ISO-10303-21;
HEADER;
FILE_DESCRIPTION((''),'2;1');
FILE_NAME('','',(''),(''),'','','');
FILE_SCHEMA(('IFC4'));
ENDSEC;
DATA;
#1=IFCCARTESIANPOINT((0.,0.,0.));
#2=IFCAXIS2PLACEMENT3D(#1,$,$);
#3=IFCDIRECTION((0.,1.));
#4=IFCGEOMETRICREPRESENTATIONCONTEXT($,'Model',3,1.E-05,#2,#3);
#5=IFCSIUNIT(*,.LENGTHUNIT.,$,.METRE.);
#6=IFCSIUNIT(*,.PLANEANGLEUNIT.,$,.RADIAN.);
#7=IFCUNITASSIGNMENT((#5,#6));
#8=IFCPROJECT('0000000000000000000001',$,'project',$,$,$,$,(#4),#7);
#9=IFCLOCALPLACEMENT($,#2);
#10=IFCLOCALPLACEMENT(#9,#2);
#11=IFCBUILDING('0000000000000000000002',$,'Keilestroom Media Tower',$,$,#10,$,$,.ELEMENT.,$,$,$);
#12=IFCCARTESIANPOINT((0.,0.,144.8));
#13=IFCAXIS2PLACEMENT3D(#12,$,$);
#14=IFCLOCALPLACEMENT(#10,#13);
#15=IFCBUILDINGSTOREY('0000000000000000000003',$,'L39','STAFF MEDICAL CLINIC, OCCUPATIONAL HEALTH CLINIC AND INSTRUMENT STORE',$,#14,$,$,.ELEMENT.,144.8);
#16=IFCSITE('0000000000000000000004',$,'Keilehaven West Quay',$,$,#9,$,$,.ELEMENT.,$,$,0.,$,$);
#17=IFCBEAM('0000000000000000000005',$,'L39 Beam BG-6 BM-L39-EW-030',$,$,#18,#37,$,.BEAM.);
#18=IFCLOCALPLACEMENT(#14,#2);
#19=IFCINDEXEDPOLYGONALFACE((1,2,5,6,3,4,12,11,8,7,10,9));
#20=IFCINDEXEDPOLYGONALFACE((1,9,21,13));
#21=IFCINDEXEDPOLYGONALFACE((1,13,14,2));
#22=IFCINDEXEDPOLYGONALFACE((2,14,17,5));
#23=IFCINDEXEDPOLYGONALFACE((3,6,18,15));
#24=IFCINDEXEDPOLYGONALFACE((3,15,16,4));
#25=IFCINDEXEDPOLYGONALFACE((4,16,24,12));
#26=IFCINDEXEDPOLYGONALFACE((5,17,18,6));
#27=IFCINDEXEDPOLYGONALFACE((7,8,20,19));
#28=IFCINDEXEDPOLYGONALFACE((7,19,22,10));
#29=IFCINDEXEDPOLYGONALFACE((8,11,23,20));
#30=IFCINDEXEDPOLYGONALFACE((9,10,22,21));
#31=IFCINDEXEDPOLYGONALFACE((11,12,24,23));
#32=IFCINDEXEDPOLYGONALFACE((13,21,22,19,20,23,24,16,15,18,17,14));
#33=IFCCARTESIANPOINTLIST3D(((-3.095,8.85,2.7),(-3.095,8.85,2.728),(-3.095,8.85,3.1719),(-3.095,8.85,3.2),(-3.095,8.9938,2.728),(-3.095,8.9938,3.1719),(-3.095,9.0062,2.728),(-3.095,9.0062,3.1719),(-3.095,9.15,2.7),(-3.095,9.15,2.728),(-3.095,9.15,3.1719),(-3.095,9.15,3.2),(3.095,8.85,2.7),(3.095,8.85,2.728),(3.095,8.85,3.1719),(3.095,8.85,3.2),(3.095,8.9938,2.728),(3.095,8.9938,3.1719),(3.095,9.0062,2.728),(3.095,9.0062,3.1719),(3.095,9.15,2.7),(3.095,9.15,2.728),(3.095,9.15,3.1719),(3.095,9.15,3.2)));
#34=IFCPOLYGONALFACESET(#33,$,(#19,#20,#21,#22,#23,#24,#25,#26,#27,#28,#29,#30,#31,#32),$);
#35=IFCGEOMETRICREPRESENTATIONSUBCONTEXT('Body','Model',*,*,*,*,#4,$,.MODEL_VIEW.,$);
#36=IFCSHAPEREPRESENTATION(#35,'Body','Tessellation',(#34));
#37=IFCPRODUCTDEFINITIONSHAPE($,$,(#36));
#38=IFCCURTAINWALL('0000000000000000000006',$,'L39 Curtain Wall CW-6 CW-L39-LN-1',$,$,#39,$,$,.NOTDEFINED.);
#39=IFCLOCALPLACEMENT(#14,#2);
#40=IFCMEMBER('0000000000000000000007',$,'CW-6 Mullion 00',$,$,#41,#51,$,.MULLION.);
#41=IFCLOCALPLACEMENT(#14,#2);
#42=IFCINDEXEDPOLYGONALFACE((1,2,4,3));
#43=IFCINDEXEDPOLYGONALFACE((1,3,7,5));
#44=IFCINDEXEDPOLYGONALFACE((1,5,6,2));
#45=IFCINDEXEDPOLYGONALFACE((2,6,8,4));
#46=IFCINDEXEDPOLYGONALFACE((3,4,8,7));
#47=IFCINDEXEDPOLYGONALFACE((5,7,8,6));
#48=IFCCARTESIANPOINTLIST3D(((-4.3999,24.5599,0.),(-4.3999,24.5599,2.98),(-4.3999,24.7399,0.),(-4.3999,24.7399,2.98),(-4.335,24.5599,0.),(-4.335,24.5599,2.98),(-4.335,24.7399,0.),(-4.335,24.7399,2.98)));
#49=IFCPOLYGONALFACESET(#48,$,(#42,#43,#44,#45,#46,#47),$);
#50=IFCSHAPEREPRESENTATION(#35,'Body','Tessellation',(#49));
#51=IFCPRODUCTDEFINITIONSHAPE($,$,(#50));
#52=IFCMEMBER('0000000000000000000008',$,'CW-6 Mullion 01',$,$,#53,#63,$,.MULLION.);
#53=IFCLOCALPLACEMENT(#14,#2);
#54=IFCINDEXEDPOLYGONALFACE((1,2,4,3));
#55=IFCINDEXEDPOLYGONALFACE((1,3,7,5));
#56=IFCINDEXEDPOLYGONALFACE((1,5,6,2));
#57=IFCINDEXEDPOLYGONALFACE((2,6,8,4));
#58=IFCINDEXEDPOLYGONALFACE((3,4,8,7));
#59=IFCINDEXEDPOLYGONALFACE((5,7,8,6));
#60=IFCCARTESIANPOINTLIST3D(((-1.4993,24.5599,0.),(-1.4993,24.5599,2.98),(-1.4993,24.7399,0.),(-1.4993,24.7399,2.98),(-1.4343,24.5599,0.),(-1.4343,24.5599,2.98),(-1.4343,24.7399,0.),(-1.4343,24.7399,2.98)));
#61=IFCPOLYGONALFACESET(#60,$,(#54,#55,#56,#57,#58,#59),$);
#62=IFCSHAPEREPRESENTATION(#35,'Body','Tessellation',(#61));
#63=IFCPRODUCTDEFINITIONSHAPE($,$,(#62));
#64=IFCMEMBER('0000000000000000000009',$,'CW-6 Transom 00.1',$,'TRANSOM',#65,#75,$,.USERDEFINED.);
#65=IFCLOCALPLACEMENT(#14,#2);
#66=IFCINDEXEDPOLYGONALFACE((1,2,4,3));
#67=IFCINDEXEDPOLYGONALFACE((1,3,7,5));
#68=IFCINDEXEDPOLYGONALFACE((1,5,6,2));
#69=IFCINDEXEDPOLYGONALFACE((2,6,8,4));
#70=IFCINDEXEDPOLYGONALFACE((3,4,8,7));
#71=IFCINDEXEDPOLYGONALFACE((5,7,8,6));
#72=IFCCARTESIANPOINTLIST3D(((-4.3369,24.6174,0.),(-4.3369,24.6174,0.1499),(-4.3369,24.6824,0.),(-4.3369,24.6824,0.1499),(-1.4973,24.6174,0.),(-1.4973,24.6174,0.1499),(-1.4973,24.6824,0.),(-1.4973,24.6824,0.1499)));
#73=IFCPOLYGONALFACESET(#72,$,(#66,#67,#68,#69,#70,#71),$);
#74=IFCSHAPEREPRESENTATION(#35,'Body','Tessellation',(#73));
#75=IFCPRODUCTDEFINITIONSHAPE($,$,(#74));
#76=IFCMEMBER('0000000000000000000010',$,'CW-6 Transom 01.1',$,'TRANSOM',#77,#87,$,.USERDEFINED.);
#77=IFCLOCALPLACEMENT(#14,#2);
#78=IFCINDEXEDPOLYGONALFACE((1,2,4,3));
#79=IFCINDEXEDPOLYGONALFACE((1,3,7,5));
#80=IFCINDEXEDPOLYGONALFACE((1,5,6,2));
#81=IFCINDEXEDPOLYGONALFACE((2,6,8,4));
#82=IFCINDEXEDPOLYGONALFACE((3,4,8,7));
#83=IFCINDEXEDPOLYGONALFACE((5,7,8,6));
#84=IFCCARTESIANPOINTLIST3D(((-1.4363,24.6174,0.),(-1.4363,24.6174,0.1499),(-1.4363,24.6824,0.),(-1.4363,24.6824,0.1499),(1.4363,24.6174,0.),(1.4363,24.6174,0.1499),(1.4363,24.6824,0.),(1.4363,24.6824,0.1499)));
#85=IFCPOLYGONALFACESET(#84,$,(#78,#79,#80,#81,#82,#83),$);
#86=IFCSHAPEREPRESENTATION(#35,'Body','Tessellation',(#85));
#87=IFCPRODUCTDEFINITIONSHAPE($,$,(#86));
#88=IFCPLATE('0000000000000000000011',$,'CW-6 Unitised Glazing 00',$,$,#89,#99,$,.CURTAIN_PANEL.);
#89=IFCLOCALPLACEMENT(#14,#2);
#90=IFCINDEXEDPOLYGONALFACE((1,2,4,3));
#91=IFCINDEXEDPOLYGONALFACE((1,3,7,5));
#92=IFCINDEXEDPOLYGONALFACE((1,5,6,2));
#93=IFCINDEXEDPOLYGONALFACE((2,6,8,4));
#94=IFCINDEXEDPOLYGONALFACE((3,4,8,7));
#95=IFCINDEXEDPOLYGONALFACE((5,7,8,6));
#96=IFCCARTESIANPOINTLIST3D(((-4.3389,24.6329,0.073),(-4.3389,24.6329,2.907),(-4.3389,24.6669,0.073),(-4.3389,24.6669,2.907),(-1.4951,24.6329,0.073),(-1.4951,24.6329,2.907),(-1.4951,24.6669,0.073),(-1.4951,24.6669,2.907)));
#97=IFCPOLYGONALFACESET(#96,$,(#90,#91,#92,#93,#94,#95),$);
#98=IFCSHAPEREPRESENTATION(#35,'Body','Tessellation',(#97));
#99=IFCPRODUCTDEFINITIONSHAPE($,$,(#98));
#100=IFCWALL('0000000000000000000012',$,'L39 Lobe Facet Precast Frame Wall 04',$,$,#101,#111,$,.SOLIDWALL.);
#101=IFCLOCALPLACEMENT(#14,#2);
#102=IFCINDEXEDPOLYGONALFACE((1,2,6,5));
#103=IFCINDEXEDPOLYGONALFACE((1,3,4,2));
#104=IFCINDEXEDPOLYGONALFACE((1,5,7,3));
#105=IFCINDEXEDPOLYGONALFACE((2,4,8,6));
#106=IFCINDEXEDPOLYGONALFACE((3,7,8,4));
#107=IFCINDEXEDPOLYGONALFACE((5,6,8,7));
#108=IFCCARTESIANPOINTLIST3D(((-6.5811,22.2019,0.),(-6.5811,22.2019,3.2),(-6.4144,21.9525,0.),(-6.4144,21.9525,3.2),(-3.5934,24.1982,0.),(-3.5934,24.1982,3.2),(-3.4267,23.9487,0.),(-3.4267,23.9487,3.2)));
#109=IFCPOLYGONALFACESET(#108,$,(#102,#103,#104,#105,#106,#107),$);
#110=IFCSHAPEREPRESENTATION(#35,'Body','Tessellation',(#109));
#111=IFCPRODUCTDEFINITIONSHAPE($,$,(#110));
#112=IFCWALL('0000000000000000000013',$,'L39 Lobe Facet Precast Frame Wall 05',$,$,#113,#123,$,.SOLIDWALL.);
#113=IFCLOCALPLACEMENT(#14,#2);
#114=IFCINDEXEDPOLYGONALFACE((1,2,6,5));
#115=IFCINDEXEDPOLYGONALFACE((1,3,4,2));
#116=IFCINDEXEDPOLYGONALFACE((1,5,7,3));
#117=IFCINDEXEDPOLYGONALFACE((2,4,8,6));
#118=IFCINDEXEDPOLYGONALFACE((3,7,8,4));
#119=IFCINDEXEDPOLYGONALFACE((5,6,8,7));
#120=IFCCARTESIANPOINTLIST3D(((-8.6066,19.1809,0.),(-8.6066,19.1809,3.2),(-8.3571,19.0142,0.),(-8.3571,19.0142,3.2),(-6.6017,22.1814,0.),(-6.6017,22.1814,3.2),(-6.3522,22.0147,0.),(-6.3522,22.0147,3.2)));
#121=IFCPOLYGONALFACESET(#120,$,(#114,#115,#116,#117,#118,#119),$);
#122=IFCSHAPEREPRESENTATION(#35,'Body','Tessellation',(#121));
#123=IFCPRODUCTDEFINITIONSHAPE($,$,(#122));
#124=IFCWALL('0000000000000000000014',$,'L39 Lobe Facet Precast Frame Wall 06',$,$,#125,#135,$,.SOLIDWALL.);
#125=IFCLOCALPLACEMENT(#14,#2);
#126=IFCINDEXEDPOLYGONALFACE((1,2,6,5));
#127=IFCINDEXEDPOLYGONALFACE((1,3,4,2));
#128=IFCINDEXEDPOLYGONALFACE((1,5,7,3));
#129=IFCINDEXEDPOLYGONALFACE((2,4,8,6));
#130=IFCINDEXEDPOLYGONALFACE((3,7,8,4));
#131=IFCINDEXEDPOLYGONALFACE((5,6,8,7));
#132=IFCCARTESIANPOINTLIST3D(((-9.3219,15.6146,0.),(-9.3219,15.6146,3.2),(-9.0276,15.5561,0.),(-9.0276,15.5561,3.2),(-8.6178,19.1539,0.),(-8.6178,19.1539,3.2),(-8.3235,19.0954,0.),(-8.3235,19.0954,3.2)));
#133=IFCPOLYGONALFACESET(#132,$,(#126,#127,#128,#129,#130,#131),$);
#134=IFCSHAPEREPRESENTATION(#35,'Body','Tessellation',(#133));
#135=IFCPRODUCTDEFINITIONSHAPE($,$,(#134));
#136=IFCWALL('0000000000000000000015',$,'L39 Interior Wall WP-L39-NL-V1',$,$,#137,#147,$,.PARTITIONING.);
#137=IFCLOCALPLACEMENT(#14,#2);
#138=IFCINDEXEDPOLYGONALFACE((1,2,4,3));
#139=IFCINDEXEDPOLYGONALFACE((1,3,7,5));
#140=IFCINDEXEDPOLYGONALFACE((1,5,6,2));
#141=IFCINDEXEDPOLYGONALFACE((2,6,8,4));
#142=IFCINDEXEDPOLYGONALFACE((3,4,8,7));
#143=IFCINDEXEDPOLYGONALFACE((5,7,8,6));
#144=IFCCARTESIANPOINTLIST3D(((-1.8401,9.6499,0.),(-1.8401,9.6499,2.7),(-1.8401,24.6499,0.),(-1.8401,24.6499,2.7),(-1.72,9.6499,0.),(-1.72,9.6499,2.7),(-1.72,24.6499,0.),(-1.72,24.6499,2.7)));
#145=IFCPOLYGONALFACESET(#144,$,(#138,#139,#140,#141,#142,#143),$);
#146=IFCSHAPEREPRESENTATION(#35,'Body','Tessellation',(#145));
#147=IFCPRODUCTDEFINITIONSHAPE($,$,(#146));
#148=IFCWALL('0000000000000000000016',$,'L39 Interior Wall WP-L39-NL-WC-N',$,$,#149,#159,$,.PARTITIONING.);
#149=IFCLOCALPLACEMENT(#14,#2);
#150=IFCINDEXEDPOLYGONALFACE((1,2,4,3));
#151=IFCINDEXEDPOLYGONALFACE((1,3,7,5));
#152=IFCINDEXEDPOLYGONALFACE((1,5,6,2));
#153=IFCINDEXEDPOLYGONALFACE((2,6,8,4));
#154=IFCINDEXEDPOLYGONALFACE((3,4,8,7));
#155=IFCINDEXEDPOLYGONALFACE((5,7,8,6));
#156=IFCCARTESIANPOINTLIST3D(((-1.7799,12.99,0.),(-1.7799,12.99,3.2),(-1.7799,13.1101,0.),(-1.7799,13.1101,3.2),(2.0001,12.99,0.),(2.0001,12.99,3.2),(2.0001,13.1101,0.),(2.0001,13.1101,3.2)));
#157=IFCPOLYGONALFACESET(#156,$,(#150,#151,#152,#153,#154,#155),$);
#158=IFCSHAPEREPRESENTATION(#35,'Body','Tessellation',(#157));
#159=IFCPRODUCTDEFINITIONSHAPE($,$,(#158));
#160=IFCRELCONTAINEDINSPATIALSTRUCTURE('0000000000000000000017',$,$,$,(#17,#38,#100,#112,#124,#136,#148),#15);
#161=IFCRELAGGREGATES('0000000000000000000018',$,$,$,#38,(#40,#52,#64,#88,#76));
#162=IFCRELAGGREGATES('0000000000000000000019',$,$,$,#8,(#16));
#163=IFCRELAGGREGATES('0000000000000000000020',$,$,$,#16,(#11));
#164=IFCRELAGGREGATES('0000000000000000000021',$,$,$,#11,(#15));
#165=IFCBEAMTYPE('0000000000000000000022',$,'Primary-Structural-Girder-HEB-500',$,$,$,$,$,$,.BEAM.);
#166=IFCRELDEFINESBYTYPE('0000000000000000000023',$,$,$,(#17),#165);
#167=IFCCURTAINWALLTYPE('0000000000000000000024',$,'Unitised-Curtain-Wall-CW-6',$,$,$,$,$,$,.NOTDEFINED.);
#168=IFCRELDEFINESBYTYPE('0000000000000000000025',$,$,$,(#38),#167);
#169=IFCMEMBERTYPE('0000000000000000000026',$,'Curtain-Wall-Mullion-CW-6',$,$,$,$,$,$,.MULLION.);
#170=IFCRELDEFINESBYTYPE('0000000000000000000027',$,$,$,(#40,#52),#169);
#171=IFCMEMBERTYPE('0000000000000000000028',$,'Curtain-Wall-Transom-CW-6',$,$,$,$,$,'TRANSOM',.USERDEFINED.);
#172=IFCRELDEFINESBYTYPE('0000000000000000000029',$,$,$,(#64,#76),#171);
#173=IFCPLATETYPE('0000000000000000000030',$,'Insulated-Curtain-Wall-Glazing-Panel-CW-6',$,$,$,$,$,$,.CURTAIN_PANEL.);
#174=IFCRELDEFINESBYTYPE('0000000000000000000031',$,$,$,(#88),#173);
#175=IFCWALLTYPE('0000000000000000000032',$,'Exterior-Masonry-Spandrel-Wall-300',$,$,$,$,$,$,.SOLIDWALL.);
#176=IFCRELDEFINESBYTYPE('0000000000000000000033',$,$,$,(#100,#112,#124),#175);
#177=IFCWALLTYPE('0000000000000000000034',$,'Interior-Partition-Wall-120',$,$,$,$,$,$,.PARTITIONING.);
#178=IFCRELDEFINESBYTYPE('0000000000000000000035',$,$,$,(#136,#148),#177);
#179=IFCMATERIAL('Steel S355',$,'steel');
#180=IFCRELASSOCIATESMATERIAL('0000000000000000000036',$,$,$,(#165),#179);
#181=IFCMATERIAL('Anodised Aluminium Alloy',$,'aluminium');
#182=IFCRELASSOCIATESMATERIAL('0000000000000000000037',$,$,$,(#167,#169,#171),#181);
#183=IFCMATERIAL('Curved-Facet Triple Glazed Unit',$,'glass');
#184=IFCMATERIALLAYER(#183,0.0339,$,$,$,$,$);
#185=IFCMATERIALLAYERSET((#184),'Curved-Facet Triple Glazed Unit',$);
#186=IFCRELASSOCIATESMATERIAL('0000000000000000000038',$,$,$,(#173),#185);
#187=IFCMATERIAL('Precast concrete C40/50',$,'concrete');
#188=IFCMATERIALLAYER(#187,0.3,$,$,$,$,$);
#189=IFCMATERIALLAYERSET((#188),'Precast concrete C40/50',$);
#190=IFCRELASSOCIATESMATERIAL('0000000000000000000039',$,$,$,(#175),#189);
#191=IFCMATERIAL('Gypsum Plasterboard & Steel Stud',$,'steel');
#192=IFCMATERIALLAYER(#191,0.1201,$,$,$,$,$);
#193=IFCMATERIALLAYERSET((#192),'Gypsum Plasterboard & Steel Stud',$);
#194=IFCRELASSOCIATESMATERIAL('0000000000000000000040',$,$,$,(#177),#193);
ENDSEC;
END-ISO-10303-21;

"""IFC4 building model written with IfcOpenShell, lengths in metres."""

from ifc_helpers import new_model, si_unit, direction, frame, frame_2d, origin, origin_2d, place, context, subcontext, project, spatial, rectangle, i_section, extrude, source, transform, mapped, material, layer, layer_set, material_profile, profile_set, type_object, element, aggregate, save


model = new_model("IFC4")

# Units and contexts
model_context = context("Model", 3, precision=1e-05, world=origin(), true_north=direction((0.0, 1.0)))
body_context = subcontext(model_context, "Body", "Model", "MODEL_VIEW")
ifc_project = project(units=[si_unit("LENGTHUNIT", "METRE"), si_unit("PLANEANGLEUNIT", "RADIAN")], contexts=[model_context])

# Site, building, storey
site_placement = place(None, origin())
site = spatial("IfcSite", under=ifc_project, at=site_placement, Name="Keilehaven West Quay", CompositionType="ELEMENT", RefElevation=0.0)
building_placement = place(site_placement, origin())
building = spatial("IfcBuilding", under=site, at=building_placement, Name="Keilestroom Media Tower", CompositionType="ELEMENT")
storey_placement = place(building_placement, frame((0.0, 0.0, 144.8)))
storey = spatial("IfcBuildingStorey", under=building, at=storey_placement, Name="L39", Description="STAFF MEDICAL CLINIC, OCCUPATIONAL HEALTH CLINIC AND INSTRUMENT STORE", CompositionType="ELEMENT", Elevation=144.8)

# Shared definitions
ifc_material_1 = material(Name="Steel S355", Category="steel")

# Beam
ifc_material_profile_1 = material_profile(ifc_material_1, i_section(OverallWidth=0.3, OverallDepth=0.5, WebThickness=0.0125, FlangeThickness=0.0281, at=origin_2d()), Name="HEB 500")
ifc_profile_set_1 = profile_set([ifc_material_profile_1], Name="Steel S355")
beam_type = type_object("IfcBeamType", Name="Primary-Structural-Girder-HEB-500", PredefinedType="BEAM", material=ifc_profile_set_1)
shared_shape_1 = source(origin(), body_context, "Body", "SweptSolid", [
    extrude(i_section(OverallWidth=0.3, OverallDepth=0.5, WebThickness=0.0125, FlangeThickness=0.0281, at=origin_2d()), origin(), (0.0, 0.0, 1.0), 6.1899),
])
beam_1_placement = place(storey_placement, frame((-3.095, 9.0, 2.95), z_axis=(1.0, 0.0, 0.0), x_axis=(0.0, 1.0, 0.0)))
element("IfcBeam", 1, at=beam_1_placement, inside=storey, type_object=beam_type, Name="L39 Beam BG-6 BM-L39-EW-030", PredefinedType="BEAM", context=body_context, shape_type="MappedRepresentation", body=[
    mapped(shared_shape_1, transform((0.0, 0.0, 0.0), x_axis=(1.0, 0.0, 0.0), y_axis=(0.0, 1.0, 0.0), z_axis=(0.0, 0.0, 1.0), scale=1.0)),
])

# Curtain wall, members, plate
ifc_material_2 = material(Name="Anodised Aluminium Alloy", Category="aluminium")
curtain_wall_type = type_object("IfcCurtainWallType", Name="Unitised-Curtain-Wall-CW-6", PredefinedType="NOTDEFINED", material=ifc_material_2)
curtain_wall_placement = place(storey_placement, origin())
curtain_wall = element("IfcCurtainWall", 2, at=curtain_wall_placement, inside=storey, type_object=curtain_wall_type, Name="L39 Curtain Wall CW-6 CW-L39-LN-1", PredefinedType="NOTDEFINED")
ifc_material_profile_2 = material_profile(ifc_material_2, rectangle(XDim=0.0649, YDim=0.1799, at=origin_2d()), Name="ALU MULLION 65x180")
ifc_profile_set_2 = profile_set([ifc_material_profile_2], Name="Anodised Aluminium Alloy")
member_type_1 = type_object("IfcMemberType", Name="Curtain-Wall-Mullion-CW-6", PredefinedType="MULLION", material=ifc_profile_set_2)
shared_shape_2 = source(origin(), body_context, "Body", "SweptSolid", [
    extrude(rectangle(XDim=0.0649, YDim=0.1799, at=origin_2d()), origin(), (0.0, 0.0, 1.0), 2.98),
])
member_1_placement = place(storey_placement, frame((-4.3674, 24.6499, 0.0), z_axis=(0.0, 0.0, 1.0), x_axis=(1.0, 0.0, 0.0)))
member_1 = element("IfcMember", 3, at=member_1_placement, type_object=member_type_1, Name="CW-6 Mullion 00", PredefinedType="MULLION", context=body_context, shape_type="MappedRepresentation", body=[
    mapped(shared_shape_2, transform((0.0, 0.0, 0.0), x_axis=(1.0, 0.0, 0.0), y_axis=(0.0, 1.0, 0.0), z_axis=(0.0, 0.0, 1.0), scale=1.0)),
])
member_2_placement = place(storey_placement, frame((-1.4668, 24.6499, 0.0), z_axis=(0.0, 0.0, 1.0), x_axis=(1.0, 0.0, 0.0)))
member_2 = element("IfcMember", 4, at=member_2_placement, type_object=member_type_1, Name="CW-6 Mullion 01", PredefinedType="MULLION", context=body_context, shape_type="MappedRepresentation", body=[
    mapped(shared_shape_2, transform((0.0, 0.0, 0.0), x_axis=(1.0, 0.0, 0.0), y_axis=(0.0, 1.0, 0.0), z_axis=(0.0, 0.0, 1.0), scale=1.0)),
])
ifc_material_profile_3 = material_profile(ifc_material_2, rectangle(XDim=0.0649, YDim=0.1499, at=origin_2d()), Name="ALU TRANSOM 65x150")
ifc_profile_set_3 = profile_set([ifc_material_profile_3], Name="Anodised Aluminium Alloy")
member_type_2 = type_object("IfcMemberType", Name="Curtain-Wall-Transom-CW-6", ElementType="TRANSOM", PredefinedType="USERDEFINED", material=ifc_profile_set_3)
shared_shape_3 = source(origin(), body_context, "Body", "SweptSolid", [
    extrude(rectangle(XDim=0.0649, YDim=0.1499, at=origin_2d()), origin(), (0.0, 0.0, 1.0), 2.8396),
])
member_3_placement = place(storey_placement, frame((-4.3369, 24.6499, 0.075), z_axis=(1.0, 0.0, 0.0), x_axis=(0.0, 1.0, 0.0)))
member_3 = element("IfcMember", 5, at=member_3_placement, type_object=member_type_2, Name="CW-6 Transom 00.1", ObjectType="TRANSOM", PredefinedType="USERDEFINED", context=body_context, shape_type="MappedRepresentation", body=[
    mapped(shared_shape_3, transform((0.0, 0.0, 0.0), x_axis=(1.0, 0.0, 0.0), y_axis=(0.0, 1.0, 0.0), z_axis=(0.0, 0.0, 1.0), scale=1.0)),
])
shared_shape_4 = source(origin(), body_context, "Body", "SweptSolid", [
    extrude(rectangle(XDim=0.0649, YDim=0.1499, at=origin_2d()), origin(), (0.0, 0.0, 1.0), 2.8726),
])
member_4_placement = place(storey_placement, frame((-1.4363, 24.6499, 0.075), z_axis=(1.0, 0.0, 0.0), x_axis=(0.0, 1.0, 0.0)))
member_4 = element("IfcMember", 6, at=member_4_placement, type_object=member_type_2, Name="CW-6 Transom 01.1", ObjectType="TRANSOM", PredefinedType="USERDEFINED", context=body_context, shape_type="MappedRepresentation", body=[
    mapped(shared_shape_4, transform((0.0, 0.0, 0.0), x_axis=(1.0, 0.0, 0.0), y_axis=(0.0, 1.0, 0.0), z_axis=(0.0, 0.0, 1.0), scale=1.0)),
])
ifc_material_3 = material(Name="Curved-Facet Triple Glazed Unit", Category="glass")
ifc_layer_1 = layer(ifc_material_3, 0.0339)
ifc_layer_set_1 = layer_set([ifc_layer_1], Name="Curved-Facet Triple Glazed Unit")
plate_type = type_object("IfcPlateType", Name="Insulated-Curtain-Wall-Glazing-Panel-CW-6", PredefinedType="CURTAIN_PANEL", material=ifc_layer_set_1)
shared_shape_5 = source(origin(), body_context, "Body", "SweptSolid", [
    extrude(rectangle(XDim=2.8438, YDim=0.0339, at=origin_2d()), origin(), (0.0, 0.0, 1.0), 2.834),
])
plate_placement = place(storey_placement, frame((-2.917, 24.6499, 0.073), z_axis=(0.0, 0.0, 1.0), x_axis=(1.0, 0.0, 0.0)))
plate = element("IfcPlate", 7, at=plate_placement, type_object=plate_type, Name="CW-6 Unitised Glazing 00", PredefinedType="CURTAIN_PANEL", context=body_context, shape_type="MappedRepresentation", body=[
    mapped(shared_shape_5, transform((0.0, 0.0, 0.0), x_axis=(1.0, 0.0, 0.0), y_axis=(0.0, 1.0, 0.0), z_axis=(0.0, 0.0, 1.0), scale=1.0)),
])
aggregate(curtain_wall, [member_1, member_2, member_3, plate, member_4])

# Walls
ifc_material_4 = material(Name="Precast concrete C40/50", Category="concrete")
ifc_layer_2 = layer(ifc_material_4, 0.3)
ifc_layer_set_2 = layer_set([ifc_layer_2], Name="Precast concrete C40/50")
wall_type_1 = type_object("IfcWallType", Name="Exterior-Masonry-Spandrel-Wall-300", PredefinedType="SOLIDWALL", material=ifc_layer_set_2)
wall_1_placement = place(storey_placement, frame((-3.51, 24.0735, 0.0), z_axis=(0.0, 0.0, 1.0), x_axis=(-0.831475, -0.555562, 0.0)))
element("IfcWall", 8, at=wall_1_placement, inside=storey, type_object=wall_type_1, Name="L39 Lobe Facet Precast Frame Wall 04", PredefinedType="SOLIDWALL", context=body_context, shape_type="SweptSolid", body=[
    extrude(rectangle(XDim=3.5933, YDim=0.3, at=frame_2d((1.7966, 0.0))), origin(), (0.0, 0.0, 1.0), 3.2),
])
for number, where, z_axis, x_axis, name in (
    (9, (-6.4771, 22.0979, 0.0), (0.0, 0.0, 1.0), (-0.555574, -0.831467, 0.0), "L39 Lobe Facet Precast Frame Wall 05"),
    (10, (-8.4707, 19.1245, 0.0), (0.0, 0.0, 1.0), (-0.195114, -0.980781, 0.0), "L39 Lobe Facet Precast Frame Wall 06"),
):
    element("IfcWall", number, at=place(storey_placement, frame(where, z_axis=z_axis, x_axis=x_axis)), inside=storey, type_object=wall_type_1, Name=name, PredefinedType="SOLIDWALL", context=body_context, shape_type="SweptSolid", body=[
        extrude(rectangle(XDim=3.6086, YDim=0.3, at=frame_2d((1.8042, 0.0))), origin(), (0.0, 0.0, 1.0), 3.2),
    ])
ifc_material_5 = material(Name="Gypsum Plasterboard & Steel Stud", Category="steel")
ifc_layer_3 = layer(ifc_material_5, 0.1201)
ifc_layer_set_3 = layer_set([ifc_layer_3], Name="Gypsum Plasterboard & Steel Stud")
wall_type_2 = type_object("IfcWallType", Name="Interior-Partition-Wall-120", PredefinedType="PARTITIONING", material=ifc_layer_set_3)
wall_2_placement = place(storey_placement, frame((-1.78, 9.6499, 0.0), z_axis=(0.0, 0.0, 1.0), x_axis=(0.0, 1.0, 0.0)))
element("IfcWall", 11, at=wall_2_placement, inside=storey, type_object=wall_type_2, Name="L39 Interior Wall WP-L39-NL-V1", PredefinedType="PARTITIONING", context=body_context, shape_type="SweptSolid", body=[
    extrude(rectangle(XDim=15.0, YDim=0.1201, at=frame_2d((7.5, 0.0))), origin(), (0.0, 0.0, 1.0), 2.7),
])
wall_3_placement = place(storey_placement, frame((-1.78, 13.05, 0.0), z_axis=(0.0, 0.0, 1.0), x_axis=(1.0, 0.0, 0.0)))
element("IfcWall", 12, at=wall_3_placement, inside=storey, type_object=wall_type_2, Name="L39 Interior Wall WP-L39-NL-WC-N", PredefinedType="PARTITIONING", context=body_context, shape_type="SweptSolid", body=[
    extrude(rectangle(XDim=3.78, YDim=0.1201, at=frame_2d((1.8901, 0.0))), origin(), (0.0, 0.0, 1.0), 3.2),
])

save(model, "model.ifc")
